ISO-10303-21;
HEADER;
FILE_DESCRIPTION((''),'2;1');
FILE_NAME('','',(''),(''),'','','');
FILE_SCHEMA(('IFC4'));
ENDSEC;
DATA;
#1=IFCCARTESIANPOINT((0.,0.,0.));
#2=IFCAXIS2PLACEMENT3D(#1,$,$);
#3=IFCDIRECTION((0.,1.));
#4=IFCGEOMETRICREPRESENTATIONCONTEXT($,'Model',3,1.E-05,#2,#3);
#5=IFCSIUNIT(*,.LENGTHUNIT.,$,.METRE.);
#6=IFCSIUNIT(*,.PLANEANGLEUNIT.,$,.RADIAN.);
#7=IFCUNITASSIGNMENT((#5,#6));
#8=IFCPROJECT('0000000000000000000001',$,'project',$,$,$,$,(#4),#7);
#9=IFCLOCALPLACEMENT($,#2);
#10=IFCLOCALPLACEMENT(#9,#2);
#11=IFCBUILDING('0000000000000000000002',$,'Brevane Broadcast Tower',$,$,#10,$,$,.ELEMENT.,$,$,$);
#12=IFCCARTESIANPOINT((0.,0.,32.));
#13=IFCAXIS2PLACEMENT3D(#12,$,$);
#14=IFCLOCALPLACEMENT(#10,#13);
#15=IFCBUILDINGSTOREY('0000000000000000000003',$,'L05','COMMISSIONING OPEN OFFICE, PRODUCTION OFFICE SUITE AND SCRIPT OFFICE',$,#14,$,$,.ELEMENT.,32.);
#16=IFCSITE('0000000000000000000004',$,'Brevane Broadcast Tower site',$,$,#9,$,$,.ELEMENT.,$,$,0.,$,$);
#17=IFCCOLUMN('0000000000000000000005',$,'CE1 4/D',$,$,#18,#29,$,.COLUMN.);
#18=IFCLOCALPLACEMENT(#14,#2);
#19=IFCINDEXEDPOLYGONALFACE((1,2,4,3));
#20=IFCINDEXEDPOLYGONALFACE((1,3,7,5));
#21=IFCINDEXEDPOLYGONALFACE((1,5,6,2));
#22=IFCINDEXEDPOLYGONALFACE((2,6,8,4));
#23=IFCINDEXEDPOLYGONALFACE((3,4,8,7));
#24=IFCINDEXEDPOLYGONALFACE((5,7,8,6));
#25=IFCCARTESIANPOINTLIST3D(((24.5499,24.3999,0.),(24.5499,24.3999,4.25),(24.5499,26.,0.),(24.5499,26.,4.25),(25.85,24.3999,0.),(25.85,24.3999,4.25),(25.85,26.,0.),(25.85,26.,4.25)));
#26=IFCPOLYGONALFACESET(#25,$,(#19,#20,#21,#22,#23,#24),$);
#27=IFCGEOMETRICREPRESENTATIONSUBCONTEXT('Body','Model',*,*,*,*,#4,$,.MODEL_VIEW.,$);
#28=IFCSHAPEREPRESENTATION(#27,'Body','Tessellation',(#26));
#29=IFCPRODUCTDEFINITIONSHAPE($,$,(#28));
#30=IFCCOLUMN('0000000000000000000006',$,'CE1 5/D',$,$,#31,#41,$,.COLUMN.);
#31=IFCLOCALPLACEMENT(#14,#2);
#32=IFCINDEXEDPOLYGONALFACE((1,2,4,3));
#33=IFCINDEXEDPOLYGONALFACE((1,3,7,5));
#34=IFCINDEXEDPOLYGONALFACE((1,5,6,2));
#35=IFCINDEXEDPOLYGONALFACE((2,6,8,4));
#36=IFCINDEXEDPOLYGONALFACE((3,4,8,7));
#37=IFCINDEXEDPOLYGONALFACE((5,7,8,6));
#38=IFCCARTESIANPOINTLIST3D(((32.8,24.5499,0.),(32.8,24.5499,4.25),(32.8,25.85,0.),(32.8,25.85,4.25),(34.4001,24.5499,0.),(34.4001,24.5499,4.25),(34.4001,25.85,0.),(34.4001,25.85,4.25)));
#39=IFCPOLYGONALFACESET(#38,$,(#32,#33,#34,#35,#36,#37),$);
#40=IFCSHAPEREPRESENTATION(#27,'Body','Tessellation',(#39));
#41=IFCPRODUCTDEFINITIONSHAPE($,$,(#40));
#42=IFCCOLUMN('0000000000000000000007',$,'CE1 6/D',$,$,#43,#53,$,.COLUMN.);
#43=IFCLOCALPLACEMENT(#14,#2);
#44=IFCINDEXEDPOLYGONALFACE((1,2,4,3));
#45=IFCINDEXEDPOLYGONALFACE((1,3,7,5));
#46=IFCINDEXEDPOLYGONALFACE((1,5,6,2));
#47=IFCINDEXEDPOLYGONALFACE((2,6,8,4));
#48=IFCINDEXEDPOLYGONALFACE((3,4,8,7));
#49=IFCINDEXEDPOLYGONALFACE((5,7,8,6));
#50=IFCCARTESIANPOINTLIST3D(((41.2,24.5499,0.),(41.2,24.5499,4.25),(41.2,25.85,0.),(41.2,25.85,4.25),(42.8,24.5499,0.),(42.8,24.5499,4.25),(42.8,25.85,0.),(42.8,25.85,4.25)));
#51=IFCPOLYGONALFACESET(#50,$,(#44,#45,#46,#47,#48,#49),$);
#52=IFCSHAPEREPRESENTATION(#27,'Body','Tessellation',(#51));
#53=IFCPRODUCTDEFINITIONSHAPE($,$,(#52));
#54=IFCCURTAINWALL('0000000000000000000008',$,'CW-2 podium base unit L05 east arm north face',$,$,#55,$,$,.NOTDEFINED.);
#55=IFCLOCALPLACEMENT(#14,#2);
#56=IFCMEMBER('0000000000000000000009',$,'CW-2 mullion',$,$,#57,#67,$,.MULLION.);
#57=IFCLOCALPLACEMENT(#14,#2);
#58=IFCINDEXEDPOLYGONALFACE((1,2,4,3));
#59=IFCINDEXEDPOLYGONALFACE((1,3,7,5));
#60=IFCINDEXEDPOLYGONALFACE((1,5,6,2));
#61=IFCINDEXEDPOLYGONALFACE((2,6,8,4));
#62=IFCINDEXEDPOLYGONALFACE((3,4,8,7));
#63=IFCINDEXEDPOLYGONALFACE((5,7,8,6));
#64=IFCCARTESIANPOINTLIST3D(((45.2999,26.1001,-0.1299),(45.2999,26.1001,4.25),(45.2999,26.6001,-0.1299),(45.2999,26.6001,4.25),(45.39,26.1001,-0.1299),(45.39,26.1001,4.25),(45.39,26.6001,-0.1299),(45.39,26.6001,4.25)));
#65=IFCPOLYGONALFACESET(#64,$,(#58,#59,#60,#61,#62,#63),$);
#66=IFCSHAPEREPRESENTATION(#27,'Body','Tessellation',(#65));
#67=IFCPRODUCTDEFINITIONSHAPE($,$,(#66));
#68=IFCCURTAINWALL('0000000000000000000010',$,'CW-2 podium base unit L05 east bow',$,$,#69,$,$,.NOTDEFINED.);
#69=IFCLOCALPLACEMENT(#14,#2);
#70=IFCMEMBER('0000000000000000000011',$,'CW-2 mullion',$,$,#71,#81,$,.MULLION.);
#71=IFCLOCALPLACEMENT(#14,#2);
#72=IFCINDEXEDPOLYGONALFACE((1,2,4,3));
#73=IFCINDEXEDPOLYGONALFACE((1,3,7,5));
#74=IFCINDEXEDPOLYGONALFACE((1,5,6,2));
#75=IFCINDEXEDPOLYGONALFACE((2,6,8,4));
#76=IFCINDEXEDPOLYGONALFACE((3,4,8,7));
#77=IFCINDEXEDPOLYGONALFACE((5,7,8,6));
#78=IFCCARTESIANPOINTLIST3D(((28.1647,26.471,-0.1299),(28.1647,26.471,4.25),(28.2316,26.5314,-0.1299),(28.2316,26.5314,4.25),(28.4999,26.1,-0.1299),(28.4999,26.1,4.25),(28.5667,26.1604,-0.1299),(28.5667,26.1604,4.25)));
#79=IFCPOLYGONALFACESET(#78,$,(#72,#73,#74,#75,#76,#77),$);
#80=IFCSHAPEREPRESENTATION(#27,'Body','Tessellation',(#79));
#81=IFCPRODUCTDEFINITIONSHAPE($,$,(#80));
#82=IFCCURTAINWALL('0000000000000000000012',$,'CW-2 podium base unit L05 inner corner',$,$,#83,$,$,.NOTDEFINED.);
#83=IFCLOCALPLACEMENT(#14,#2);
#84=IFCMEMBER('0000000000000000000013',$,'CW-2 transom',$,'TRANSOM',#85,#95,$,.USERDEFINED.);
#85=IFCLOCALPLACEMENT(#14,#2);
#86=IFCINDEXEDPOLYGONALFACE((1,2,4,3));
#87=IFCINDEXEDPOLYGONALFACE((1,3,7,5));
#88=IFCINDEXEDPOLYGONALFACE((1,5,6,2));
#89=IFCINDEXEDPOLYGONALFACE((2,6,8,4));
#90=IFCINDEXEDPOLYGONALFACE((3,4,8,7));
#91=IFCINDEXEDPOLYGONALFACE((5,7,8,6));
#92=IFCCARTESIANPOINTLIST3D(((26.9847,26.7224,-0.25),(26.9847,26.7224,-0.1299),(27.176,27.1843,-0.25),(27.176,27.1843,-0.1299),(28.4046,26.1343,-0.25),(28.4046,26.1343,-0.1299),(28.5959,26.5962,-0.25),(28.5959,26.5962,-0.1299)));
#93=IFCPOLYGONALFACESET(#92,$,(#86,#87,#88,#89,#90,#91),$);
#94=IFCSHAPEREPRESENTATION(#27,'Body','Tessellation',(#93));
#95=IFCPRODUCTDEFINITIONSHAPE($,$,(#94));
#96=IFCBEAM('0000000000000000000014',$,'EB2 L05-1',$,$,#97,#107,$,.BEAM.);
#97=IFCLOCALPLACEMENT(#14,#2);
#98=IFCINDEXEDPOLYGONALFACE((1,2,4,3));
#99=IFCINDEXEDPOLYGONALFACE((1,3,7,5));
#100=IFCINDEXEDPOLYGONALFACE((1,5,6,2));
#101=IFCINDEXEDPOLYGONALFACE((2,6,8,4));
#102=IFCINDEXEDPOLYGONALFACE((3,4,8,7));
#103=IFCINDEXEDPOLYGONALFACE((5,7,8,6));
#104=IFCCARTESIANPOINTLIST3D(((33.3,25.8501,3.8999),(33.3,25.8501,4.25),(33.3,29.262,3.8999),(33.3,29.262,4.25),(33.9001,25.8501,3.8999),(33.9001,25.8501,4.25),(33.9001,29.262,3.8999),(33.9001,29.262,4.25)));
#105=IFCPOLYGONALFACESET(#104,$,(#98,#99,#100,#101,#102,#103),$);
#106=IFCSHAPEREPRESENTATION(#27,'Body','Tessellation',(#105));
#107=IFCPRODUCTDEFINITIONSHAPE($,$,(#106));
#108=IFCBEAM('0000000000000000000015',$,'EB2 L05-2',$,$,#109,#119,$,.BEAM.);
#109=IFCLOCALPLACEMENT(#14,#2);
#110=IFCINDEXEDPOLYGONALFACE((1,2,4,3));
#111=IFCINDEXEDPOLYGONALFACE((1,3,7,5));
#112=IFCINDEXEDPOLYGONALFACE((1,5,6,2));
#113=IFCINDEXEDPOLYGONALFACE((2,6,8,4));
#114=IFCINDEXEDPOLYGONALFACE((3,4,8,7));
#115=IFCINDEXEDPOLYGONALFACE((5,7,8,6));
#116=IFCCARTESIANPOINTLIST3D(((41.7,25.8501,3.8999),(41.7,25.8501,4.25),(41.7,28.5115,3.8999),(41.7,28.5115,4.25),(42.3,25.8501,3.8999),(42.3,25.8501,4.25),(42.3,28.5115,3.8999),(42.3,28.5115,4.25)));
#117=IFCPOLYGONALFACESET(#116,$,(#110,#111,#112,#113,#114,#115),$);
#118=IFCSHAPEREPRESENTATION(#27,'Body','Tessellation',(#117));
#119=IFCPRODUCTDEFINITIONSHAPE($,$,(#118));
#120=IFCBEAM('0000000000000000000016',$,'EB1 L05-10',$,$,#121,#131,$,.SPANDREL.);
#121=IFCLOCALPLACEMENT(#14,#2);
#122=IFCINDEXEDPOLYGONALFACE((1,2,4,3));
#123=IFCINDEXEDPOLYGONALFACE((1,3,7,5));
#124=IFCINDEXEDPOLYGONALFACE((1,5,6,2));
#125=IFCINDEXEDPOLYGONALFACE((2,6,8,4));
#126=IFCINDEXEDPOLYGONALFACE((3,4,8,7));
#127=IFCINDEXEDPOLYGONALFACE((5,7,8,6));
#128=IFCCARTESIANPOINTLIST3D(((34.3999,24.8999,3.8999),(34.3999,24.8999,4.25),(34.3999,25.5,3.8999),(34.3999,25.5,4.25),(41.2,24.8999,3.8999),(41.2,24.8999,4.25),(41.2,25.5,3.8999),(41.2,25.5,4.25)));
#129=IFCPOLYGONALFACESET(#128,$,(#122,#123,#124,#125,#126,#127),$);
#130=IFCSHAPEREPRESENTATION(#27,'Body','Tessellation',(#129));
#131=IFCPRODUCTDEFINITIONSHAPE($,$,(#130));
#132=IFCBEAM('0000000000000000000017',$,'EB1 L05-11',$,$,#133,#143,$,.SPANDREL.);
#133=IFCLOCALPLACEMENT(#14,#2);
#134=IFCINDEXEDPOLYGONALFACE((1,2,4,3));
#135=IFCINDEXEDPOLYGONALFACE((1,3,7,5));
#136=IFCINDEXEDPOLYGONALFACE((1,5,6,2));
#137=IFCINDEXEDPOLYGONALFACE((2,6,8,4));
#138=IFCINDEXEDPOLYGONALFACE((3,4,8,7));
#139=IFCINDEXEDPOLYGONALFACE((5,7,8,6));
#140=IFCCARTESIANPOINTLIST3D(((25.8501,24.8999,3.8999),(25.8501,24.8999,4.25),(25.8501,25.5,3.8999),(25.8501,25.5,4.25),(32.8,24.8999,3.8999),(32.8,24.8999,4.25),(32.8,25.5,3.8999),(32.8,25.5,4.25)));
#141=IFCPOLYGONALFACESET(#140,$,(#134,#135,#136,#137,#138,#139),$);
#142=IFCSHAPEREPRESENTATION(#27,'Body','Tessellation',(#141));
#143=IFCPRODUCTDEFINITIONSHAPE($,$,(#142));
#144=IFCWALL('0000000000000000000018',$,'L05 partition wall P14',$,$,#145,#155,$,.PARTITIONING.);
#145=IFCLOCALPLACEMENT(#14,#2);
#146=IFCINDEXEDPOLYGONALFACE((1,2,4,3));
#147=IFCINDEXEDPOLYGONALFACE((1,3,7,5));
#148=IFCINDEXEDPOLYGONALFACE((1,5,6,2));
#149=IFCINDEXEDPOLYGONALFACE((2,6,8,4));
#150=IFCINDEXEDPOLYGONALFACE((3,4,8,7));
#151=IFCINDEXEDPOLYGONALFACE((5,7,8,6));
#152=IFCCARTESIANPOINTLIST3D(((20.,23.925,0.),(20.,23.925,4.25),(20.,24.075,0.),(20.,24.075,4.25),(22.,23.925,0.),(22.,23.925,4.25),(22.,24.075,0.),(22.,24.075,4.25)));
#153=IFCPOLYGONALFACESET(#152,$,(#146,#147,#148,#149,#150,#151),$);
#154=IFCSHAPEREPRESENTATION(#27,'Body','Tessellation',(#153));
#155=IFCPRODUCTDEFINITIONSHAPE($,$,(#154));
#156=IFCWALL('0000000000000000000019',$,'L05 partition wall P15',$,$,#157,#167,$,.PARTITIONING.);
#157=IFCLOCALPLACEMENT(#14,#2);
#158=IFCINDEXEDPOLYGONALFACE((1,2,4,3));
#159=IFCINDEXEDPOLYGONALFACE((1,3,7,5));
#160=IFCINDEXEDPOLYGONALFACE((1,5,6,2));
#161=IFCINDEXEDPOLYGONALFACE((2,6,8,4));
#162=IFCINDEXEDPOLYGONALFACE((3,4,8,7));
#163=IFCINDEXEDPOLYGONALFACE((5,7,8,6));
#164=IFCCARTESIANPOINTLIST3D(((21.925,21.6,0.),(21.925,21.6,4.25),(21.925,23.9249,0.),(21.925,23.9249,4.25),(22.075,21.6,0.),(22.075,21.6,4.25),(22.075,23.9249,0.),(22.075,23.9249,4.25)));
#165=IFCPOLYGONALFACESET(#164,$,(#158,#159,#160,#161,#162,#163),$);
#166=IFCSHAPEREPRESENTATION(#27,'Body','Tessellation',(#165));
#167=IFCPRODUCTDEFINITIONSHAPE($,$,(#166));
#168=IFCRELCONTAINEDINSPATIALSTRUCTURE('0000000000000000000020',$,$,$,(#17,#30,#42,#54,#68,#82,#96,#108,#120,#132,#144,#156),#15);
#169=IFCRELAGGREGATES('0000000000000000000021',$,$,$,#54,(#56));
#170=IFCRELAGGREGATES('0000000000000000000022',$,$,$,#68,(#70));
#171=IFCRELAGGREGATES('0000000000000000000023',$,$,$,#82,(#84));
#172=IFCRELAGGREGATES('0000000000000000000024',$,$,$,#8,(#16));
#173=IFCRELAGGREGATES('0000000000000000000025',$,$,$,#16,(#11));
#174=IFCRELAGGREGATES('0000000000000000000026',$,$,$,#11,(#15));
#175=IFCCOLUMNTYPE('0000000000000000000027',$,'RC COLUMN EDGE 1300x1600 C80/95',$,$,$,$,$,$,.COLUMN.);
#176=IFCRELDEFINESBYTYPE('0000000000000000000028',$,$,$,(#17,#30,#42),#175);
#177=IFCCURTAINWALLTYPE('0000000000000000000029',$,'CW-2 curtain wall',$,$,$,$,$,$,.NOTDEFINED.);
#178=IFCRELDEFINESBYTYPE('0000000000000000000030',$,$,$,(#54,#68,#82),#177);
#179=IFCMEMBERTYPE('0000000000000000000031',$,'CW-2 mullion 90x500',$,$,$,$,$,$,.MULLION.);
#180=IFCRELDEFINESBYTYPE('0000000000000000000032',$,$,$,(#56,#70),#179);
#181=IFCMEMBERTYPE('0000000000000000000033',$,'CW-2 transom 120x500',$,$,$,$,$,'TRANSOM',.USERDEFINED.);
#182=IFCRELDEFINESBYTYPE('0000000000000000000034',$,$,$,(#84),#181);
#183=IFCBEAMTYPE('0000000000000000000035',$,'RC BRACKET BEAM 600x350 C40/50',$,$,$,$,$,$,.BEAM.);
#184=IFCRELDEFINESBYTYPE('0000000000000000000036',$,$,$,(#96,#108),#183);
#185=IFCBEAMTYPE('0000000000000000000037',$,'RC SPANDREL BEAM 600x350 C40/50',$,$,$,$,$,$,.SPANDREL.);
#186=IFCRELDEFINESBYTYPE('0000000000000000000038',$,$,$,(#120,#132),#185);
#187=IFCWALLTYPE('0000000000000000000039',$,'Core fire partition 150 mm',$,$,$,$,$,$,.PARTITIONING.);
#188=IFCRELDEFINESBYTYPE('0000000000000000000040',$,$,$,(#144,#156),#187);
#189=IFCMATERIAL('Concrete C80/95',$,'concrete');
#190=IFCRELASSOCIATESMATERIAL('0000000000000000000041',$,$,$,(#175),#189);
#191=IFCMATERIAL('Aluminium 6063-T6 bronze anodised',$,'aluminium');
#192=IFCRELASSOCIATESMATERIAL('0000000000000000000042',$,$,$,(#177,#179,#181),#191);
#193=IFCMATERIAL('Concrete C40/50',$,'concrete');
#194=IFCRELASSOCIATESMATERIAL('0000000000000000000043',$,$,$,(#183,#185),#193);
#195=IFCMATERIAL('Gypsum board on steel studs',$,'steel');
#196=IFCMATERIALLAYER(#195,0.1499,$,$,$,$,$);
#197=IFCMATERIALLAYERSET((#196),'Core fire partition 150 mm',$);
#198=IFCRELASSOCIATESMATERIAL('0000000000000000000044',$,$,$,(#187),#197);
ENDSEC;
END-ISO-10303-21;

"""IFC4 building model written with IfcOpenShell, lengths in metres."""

from ifc_helpers import new_model, si_unit, direction, frame, frame_2d, origin, origin_2d, place, context, subcontext, project, spatial, rectangle, extrude, material, layer, layer_set, material_profile, profile_set, type_object, element, aggregate, save


model = new_model("IFC4")

# Units and contexts
model_context = context("Model", 3, precision=1e-05, world=origin(), true_north=direction((0.0, 1.0)))
body_context = subcontext(model_context, "Body", "Model", "MODEL_VIEW")
ifc_project = project(units=[si_unit("LENGTHUNIT", "METRE"), si_unit("PLANEANGLEUNIT", "RADIAN")], contexts=[model_context])

# Site, building, storey
site_placement = place(None, origin())
site = spatial("IfcSite", under=ifc_project, at=site_placement, Name="Brevane Broadcast Tower site", CompositionType="ELEMENT", RefElevation=0.0)
building_placement = place(site_placement, origin())
building = spatial("IfcBuilding", under=site, at=building_placement, Name="Brevane Broadcast Tower", CompositionType="ELEMENT")
storey_placement = place(building_placement, frame((0.0, 0.0, 32.0)))
storey = spatial("IfcBuildingStorey", under=building, at=storey_placement, Name="L05", Description="COMMISSIONING OPEN OFFICE, PRODUCTION OFFICE SUITE AND SCRIPT OFFICE", CompositionType="ELEMENT", Elevation=32.0)

# Columns
ifc_material_1 = material(Name="Concrete C80/95", Category="concrete")
ifc_material_profile_1 = material_profile(ifc_material_1, rectangle(XDim=1.3, YDim=1.6001, at=origin_2d()), Name="RC 1300x1600")
ifc_profile_set_1 = profile_set([ifc_material_profile_1], Name="Concrete C80/95")
column_type = type_object("IfcColumnType", Name="RC COLUMN EDGE 1300x1600 C80/95", PredefinedType="COLUMN", material=ifc_profile_set_1)
for number, where, z_axis, x_axis, name in (
    (1, (25.2, 25.2, 0.0), (0.0, 0.0, 1.0), (1.0, 0.0, 0.0), "CE1 4/D"),
    (2, (33.6001, 25.2, 0.0), (0.0, 0.0, 1.0), (0.0, 1.0, 0.0), "CE1 5/D"),
    (3, (42.0, 25.2, 0.0), (0.0, 0.0, 1.0), (0.0, 1.0, 0.0), "CE1 6/D"),
):
    element("IfcColumn", number, at=place(storey_placement, frame(where, z_axis=z_axis, x_axis=x_axis)), inside=storey, type_object=column_type, Name=name, PredefinedType="COLUMN", context=body_context, shape_type="SweptSolid", body=[
        extrude(rectangle(XDim=1.3, YDim=1.6001, at=origin_2d()), origin(), (0.0, 0.0, 1.0), 4.25),
    ])

# Curtain walls, members
ifc_material_2 = material(Name="Aluminium 6063-T6 bronze anodised", Category="aluminium")
curtain_wall_type = type_object("IfcCurtainWallType", Name="CW-2 curtain wall", PredefinedType="NOTDEFINED", material=ifc_material_2)
curtain_wall_1_placement = place(storey_placement, origin())
curtain_wall_1 = element("IfcCurtainWall", 4, at=curtain_wall_1_placement, inside=storey, type_object=curtain_wall_type, Name="CW-2 podium base unit L05 east arm north face", PredefinedType="NOTDEFINED")
ifc_material_profile_2 = material_profile(ifc_material_2, rectangle(XDim=0.5, YDim=0.0901, at=origin_2d()), Name="RECT 90x500")
ifc_profile_set_2 = profile_set([ifc_material_profile_2], Name="Aluminium 6063-T6 bronze anodised")
member_type_1 = type_object("IfcMemberType", Name="CW-2 mullion 90x500", PredefinedType="MULLION", material=ifc_profile_set_2)
member_1_placement = place(storey_placement, frame((45.345, 26.3501, -0.1299), z_axis=(0.0, 0.0, 1.0), x_axis=(0.0, -1.0, 0.0)))
member_1 = element("IfcMember", 5, at=member_1_placement, type_object=member_type_1, Name="CW-2 mullion", PredefinedType="MULLION", context=body_context, shape_type="SweptSolid", body=[
    extrude(rectangle(XDim=0.5, YDim=0.0901, at=origin_2d()), origin(), (0.0, 0.0, 1.0), 4.3799),
])
aggregate(curtain_wall_1, [member_1])
curtain_wall_2_placement = place(storey_placement, origin())
curtain_wall_2 = element("IfcCurtainWall", 6, at=curtain_wall_2_placement, inside=storey, type_object=curtain_wall_type, Name="CW-2 podium base unit L05 east bow", PredefinedType="NOTDEFINED")
member_2_placement = place(storey_placement, frame((28.3657, 26.3157, -0.1299), z_axis=(0.0, 0.0, 1.0), x_axis=(0.670369, -0.742028, 0.0)))
member_2 = element("IfcMember", 7, at=member_2_placement, type_object=member_type_1, Name="CW-2 mullion", PredefinedType="MULLION", context=body_context, shape_type="SweptSolid", body=[
    extrude(rectangle(XDim=0.5, YDim=0.0901, at=origin_2d()), origin(), (0.0, 0.0, 1.0), 4.3799),
])
aggregate(curtain_wall_2, [member_2])
curtain_wall_3_placement = place(storey_placement, origin())
curtain_wall_3 = element("IfcCurtainWall", 8, at=curtain_wall_3_placement, inside=storey, type_object=curtain_wall_type, Name="CW-2 podium base unit L05 inner corner", PredefinedType="NOTDEFINED")
ifc_material_profile_3 = material_profile(ifc_material_2, rectangle(XDim=0.5, YDim=0.1201, at=origin_2d()), Name="RECT 120x500")
ifc_profile_set_3 = profile_set([ifc_material_profile_3], Name="Aluminium 6063-T6 bronze anodised")
member_type_2 = type_object("IfcMemberType", Name="CW-2 transom 120x500", ElementType="TRANSOM", PredefinedType="USERDEFINED", material=ifc_profile_set_3)
member_3_placement = place(storey_placement, frame((28.5002, 26.3652, -0.1899), z_axis=(-0.923883, 0.382674, 0.0), x_axis=(-0.382674, -0.923883, 0.0)))
member_3 = element("IfcMember", 9, at=member_3_placement, type_object=member_type_2, Name="CW-2 transom", ObjectType="TRANSOM", PredefinedType="USERDEFINED", context=body_context, shape_type="SweptSolid", body=[
    extrude(rectangle(XDim=0.5, YDim=0.1201, at=origin_2d()), origin(), (0.0, 0.0, 1.0), 1.5369),
])
aggregate(curtain_wall_3, [member_3])

# Beams
ifc_material_3 = material(Name="Concrete C40/50", Category="concrete")
ifc_material_profile_4 = material_profile(ifc_material_3, rectangle(XDim=0.6001, YDim=0.3501, at=origin_2d()), Name="RC 600x350")
ifc_profile_set_4 = profile_set([ifc_material_profile_4], Name="Concrete C40/50")
beam_type_1 = type_object("IfcBeamType", Name="RC BRACKET BEAM 600x350 C40/50", PredefinedType="BEAM", material=ifc_profile_set_4)
beam_1_placement = place(storey_placement, frame((33.6001, 25.8501, 4.075), z_axis=(0.0, 1.0, 0.0), x_axis=(-1.0, 0.0, 0.0)))
element("IfcBeam", 10, at=beam_1_placement, inside=storey, type_object=beam_type_1, Name="EB2 L05-1", PredefinedType="BEAM", context=body_context, shape_type="SweptSolid", body=[
    extrude(rectangle(XDim=0.6001, YDim=0.3501, at=origin_2d()), origin(), (0.0, 0.0, 1.0), 3.4119),
])
beam_2_placement = place(storey_placement, frame((42.0, 25.8501, 4.075), z_axis=(0.0, 1.0, 0.0), x_axis=(-1.0, 0.0, 0.0)))
element("IfcBeam", 11, at=beam_2_placement, inside=storey, type_object=beam_type_1, Name="EB2 L05-2", PredefinedType="BEAM", context=body_context, shape_type="SweptSolid", body=[
    extrude(rectangle(XDim=0.6001, YDim=0.3501, at=origin_2d()), origin(), (0.0, 0.0, 1.0), 2.6614),
])
ifc_material_profile_5 = material_profile(ifc_material_3, rectangle(XDim=0.6001, YDim=0.3501, at=origin_2d()), Name="RC 600x350")
ifc_profile_set_5 = profile_set([ifc_material_profile_5], Name="Concrete C40/50")
beam_type_2 = type_object("IfcBeamType", Name="RC SPANDREL BEAM 600x350 C40/50", PredefinedType="SPANDREL", material=ifc_profile_set_5)
beam_3_placement = place(storey_placement, frame((41.2, 25.2, 4.075), z_axis=(-1.0, 0.0, 0.0), x_axis=(0.0, -1.0, 0.0)))
element("IfcBeam", 12, at=beam_3_placement, inside=storey, type_object=beam_type_2, Name="EB1 L05-10", PredefinedType="SPANDREL", context=body_context, shape_type="SweptSolid", body=[
    extrude(rectangle(XDim=0.6001, YDim=0.3501, at=origin_2d()), origin(), (0.0, 0.0, 1.0), 6.8),
])
beam_4_placement = place(storey_placement, frame((32.8, 25.2, 4.075), z_axis=(-1.0, 0.0, 0.0), x_axis=(0.0, -1.0, 0.0)))
element("IfcBeam", 13, at=beam_4_placement, inside=storey, type_object=beam_type_2, Name="EB1 L05-11", PredefinedType="SPANDREL", context=body_context, shape_type="SweptSolid", body=[
    extrude(rectangle(XDim=0.6001, YDim=0.3501, at=origin_2d()), origin(), (0.0, 0.0, 1.0), 6.95),
])

# Walls
ifc_material_4 = material(Name="Gypsum board on steel studs", Category="steel")
ifc_layer_1 = layer(ifc_material_4, 0.1499)
ifc_layer_set_1 = layer_set([ifc_layer_1], Name="Core fire partition 150 mm")
wall_type_1 = type_object("IfcWallType", Name="Core fire partition 150 mm", PredefinedType="PARTITIONING", material=ifc_layer_set_1)
wall_1_placement = place(storey_placement, frame((20.0, 24.0, 0.0), z_axis=(0.0, 0.0, 1.0), x_axis=(1.0, 0.0, 0.0)))
element("IfcWall", 14, at=wall_1_placement, inside=storey, type_object=wall_type_1, Name="L05 partition wall P14", PredefinedType="PARTITIONING", context=body_context, shape_type="SweptSolid", body=[
    extrude(rectangle(XDim=2.0, YDim=0.1499, at=frame_2d((1.0, 0.0))), origin(), (0.0, 0.0, 1.0), 4.25),
])
wall_2_placement = place(storey_placement, frame((22.0, 23.925, 0.0), z_axis=(0.0, 0.0, 1.0), x_axis=(0.0, -1.0, 0.0)))
element("IfcWall", 15, at=wall_2_placement, inside=storey, type_object=wall_type_1, Name="L05 partition wall P15", PredefinedType="PARTITIONING", context=body_context, shape_type="SweptSolid", body=[
    extrude(rectangle(XDim=2.325, YDim=0.1499, at=frame_2d((1.1626, 0.0))), origin(), (0.0, 0.0, 1.0), 4.25),
])

save(model, "model.ifc")
